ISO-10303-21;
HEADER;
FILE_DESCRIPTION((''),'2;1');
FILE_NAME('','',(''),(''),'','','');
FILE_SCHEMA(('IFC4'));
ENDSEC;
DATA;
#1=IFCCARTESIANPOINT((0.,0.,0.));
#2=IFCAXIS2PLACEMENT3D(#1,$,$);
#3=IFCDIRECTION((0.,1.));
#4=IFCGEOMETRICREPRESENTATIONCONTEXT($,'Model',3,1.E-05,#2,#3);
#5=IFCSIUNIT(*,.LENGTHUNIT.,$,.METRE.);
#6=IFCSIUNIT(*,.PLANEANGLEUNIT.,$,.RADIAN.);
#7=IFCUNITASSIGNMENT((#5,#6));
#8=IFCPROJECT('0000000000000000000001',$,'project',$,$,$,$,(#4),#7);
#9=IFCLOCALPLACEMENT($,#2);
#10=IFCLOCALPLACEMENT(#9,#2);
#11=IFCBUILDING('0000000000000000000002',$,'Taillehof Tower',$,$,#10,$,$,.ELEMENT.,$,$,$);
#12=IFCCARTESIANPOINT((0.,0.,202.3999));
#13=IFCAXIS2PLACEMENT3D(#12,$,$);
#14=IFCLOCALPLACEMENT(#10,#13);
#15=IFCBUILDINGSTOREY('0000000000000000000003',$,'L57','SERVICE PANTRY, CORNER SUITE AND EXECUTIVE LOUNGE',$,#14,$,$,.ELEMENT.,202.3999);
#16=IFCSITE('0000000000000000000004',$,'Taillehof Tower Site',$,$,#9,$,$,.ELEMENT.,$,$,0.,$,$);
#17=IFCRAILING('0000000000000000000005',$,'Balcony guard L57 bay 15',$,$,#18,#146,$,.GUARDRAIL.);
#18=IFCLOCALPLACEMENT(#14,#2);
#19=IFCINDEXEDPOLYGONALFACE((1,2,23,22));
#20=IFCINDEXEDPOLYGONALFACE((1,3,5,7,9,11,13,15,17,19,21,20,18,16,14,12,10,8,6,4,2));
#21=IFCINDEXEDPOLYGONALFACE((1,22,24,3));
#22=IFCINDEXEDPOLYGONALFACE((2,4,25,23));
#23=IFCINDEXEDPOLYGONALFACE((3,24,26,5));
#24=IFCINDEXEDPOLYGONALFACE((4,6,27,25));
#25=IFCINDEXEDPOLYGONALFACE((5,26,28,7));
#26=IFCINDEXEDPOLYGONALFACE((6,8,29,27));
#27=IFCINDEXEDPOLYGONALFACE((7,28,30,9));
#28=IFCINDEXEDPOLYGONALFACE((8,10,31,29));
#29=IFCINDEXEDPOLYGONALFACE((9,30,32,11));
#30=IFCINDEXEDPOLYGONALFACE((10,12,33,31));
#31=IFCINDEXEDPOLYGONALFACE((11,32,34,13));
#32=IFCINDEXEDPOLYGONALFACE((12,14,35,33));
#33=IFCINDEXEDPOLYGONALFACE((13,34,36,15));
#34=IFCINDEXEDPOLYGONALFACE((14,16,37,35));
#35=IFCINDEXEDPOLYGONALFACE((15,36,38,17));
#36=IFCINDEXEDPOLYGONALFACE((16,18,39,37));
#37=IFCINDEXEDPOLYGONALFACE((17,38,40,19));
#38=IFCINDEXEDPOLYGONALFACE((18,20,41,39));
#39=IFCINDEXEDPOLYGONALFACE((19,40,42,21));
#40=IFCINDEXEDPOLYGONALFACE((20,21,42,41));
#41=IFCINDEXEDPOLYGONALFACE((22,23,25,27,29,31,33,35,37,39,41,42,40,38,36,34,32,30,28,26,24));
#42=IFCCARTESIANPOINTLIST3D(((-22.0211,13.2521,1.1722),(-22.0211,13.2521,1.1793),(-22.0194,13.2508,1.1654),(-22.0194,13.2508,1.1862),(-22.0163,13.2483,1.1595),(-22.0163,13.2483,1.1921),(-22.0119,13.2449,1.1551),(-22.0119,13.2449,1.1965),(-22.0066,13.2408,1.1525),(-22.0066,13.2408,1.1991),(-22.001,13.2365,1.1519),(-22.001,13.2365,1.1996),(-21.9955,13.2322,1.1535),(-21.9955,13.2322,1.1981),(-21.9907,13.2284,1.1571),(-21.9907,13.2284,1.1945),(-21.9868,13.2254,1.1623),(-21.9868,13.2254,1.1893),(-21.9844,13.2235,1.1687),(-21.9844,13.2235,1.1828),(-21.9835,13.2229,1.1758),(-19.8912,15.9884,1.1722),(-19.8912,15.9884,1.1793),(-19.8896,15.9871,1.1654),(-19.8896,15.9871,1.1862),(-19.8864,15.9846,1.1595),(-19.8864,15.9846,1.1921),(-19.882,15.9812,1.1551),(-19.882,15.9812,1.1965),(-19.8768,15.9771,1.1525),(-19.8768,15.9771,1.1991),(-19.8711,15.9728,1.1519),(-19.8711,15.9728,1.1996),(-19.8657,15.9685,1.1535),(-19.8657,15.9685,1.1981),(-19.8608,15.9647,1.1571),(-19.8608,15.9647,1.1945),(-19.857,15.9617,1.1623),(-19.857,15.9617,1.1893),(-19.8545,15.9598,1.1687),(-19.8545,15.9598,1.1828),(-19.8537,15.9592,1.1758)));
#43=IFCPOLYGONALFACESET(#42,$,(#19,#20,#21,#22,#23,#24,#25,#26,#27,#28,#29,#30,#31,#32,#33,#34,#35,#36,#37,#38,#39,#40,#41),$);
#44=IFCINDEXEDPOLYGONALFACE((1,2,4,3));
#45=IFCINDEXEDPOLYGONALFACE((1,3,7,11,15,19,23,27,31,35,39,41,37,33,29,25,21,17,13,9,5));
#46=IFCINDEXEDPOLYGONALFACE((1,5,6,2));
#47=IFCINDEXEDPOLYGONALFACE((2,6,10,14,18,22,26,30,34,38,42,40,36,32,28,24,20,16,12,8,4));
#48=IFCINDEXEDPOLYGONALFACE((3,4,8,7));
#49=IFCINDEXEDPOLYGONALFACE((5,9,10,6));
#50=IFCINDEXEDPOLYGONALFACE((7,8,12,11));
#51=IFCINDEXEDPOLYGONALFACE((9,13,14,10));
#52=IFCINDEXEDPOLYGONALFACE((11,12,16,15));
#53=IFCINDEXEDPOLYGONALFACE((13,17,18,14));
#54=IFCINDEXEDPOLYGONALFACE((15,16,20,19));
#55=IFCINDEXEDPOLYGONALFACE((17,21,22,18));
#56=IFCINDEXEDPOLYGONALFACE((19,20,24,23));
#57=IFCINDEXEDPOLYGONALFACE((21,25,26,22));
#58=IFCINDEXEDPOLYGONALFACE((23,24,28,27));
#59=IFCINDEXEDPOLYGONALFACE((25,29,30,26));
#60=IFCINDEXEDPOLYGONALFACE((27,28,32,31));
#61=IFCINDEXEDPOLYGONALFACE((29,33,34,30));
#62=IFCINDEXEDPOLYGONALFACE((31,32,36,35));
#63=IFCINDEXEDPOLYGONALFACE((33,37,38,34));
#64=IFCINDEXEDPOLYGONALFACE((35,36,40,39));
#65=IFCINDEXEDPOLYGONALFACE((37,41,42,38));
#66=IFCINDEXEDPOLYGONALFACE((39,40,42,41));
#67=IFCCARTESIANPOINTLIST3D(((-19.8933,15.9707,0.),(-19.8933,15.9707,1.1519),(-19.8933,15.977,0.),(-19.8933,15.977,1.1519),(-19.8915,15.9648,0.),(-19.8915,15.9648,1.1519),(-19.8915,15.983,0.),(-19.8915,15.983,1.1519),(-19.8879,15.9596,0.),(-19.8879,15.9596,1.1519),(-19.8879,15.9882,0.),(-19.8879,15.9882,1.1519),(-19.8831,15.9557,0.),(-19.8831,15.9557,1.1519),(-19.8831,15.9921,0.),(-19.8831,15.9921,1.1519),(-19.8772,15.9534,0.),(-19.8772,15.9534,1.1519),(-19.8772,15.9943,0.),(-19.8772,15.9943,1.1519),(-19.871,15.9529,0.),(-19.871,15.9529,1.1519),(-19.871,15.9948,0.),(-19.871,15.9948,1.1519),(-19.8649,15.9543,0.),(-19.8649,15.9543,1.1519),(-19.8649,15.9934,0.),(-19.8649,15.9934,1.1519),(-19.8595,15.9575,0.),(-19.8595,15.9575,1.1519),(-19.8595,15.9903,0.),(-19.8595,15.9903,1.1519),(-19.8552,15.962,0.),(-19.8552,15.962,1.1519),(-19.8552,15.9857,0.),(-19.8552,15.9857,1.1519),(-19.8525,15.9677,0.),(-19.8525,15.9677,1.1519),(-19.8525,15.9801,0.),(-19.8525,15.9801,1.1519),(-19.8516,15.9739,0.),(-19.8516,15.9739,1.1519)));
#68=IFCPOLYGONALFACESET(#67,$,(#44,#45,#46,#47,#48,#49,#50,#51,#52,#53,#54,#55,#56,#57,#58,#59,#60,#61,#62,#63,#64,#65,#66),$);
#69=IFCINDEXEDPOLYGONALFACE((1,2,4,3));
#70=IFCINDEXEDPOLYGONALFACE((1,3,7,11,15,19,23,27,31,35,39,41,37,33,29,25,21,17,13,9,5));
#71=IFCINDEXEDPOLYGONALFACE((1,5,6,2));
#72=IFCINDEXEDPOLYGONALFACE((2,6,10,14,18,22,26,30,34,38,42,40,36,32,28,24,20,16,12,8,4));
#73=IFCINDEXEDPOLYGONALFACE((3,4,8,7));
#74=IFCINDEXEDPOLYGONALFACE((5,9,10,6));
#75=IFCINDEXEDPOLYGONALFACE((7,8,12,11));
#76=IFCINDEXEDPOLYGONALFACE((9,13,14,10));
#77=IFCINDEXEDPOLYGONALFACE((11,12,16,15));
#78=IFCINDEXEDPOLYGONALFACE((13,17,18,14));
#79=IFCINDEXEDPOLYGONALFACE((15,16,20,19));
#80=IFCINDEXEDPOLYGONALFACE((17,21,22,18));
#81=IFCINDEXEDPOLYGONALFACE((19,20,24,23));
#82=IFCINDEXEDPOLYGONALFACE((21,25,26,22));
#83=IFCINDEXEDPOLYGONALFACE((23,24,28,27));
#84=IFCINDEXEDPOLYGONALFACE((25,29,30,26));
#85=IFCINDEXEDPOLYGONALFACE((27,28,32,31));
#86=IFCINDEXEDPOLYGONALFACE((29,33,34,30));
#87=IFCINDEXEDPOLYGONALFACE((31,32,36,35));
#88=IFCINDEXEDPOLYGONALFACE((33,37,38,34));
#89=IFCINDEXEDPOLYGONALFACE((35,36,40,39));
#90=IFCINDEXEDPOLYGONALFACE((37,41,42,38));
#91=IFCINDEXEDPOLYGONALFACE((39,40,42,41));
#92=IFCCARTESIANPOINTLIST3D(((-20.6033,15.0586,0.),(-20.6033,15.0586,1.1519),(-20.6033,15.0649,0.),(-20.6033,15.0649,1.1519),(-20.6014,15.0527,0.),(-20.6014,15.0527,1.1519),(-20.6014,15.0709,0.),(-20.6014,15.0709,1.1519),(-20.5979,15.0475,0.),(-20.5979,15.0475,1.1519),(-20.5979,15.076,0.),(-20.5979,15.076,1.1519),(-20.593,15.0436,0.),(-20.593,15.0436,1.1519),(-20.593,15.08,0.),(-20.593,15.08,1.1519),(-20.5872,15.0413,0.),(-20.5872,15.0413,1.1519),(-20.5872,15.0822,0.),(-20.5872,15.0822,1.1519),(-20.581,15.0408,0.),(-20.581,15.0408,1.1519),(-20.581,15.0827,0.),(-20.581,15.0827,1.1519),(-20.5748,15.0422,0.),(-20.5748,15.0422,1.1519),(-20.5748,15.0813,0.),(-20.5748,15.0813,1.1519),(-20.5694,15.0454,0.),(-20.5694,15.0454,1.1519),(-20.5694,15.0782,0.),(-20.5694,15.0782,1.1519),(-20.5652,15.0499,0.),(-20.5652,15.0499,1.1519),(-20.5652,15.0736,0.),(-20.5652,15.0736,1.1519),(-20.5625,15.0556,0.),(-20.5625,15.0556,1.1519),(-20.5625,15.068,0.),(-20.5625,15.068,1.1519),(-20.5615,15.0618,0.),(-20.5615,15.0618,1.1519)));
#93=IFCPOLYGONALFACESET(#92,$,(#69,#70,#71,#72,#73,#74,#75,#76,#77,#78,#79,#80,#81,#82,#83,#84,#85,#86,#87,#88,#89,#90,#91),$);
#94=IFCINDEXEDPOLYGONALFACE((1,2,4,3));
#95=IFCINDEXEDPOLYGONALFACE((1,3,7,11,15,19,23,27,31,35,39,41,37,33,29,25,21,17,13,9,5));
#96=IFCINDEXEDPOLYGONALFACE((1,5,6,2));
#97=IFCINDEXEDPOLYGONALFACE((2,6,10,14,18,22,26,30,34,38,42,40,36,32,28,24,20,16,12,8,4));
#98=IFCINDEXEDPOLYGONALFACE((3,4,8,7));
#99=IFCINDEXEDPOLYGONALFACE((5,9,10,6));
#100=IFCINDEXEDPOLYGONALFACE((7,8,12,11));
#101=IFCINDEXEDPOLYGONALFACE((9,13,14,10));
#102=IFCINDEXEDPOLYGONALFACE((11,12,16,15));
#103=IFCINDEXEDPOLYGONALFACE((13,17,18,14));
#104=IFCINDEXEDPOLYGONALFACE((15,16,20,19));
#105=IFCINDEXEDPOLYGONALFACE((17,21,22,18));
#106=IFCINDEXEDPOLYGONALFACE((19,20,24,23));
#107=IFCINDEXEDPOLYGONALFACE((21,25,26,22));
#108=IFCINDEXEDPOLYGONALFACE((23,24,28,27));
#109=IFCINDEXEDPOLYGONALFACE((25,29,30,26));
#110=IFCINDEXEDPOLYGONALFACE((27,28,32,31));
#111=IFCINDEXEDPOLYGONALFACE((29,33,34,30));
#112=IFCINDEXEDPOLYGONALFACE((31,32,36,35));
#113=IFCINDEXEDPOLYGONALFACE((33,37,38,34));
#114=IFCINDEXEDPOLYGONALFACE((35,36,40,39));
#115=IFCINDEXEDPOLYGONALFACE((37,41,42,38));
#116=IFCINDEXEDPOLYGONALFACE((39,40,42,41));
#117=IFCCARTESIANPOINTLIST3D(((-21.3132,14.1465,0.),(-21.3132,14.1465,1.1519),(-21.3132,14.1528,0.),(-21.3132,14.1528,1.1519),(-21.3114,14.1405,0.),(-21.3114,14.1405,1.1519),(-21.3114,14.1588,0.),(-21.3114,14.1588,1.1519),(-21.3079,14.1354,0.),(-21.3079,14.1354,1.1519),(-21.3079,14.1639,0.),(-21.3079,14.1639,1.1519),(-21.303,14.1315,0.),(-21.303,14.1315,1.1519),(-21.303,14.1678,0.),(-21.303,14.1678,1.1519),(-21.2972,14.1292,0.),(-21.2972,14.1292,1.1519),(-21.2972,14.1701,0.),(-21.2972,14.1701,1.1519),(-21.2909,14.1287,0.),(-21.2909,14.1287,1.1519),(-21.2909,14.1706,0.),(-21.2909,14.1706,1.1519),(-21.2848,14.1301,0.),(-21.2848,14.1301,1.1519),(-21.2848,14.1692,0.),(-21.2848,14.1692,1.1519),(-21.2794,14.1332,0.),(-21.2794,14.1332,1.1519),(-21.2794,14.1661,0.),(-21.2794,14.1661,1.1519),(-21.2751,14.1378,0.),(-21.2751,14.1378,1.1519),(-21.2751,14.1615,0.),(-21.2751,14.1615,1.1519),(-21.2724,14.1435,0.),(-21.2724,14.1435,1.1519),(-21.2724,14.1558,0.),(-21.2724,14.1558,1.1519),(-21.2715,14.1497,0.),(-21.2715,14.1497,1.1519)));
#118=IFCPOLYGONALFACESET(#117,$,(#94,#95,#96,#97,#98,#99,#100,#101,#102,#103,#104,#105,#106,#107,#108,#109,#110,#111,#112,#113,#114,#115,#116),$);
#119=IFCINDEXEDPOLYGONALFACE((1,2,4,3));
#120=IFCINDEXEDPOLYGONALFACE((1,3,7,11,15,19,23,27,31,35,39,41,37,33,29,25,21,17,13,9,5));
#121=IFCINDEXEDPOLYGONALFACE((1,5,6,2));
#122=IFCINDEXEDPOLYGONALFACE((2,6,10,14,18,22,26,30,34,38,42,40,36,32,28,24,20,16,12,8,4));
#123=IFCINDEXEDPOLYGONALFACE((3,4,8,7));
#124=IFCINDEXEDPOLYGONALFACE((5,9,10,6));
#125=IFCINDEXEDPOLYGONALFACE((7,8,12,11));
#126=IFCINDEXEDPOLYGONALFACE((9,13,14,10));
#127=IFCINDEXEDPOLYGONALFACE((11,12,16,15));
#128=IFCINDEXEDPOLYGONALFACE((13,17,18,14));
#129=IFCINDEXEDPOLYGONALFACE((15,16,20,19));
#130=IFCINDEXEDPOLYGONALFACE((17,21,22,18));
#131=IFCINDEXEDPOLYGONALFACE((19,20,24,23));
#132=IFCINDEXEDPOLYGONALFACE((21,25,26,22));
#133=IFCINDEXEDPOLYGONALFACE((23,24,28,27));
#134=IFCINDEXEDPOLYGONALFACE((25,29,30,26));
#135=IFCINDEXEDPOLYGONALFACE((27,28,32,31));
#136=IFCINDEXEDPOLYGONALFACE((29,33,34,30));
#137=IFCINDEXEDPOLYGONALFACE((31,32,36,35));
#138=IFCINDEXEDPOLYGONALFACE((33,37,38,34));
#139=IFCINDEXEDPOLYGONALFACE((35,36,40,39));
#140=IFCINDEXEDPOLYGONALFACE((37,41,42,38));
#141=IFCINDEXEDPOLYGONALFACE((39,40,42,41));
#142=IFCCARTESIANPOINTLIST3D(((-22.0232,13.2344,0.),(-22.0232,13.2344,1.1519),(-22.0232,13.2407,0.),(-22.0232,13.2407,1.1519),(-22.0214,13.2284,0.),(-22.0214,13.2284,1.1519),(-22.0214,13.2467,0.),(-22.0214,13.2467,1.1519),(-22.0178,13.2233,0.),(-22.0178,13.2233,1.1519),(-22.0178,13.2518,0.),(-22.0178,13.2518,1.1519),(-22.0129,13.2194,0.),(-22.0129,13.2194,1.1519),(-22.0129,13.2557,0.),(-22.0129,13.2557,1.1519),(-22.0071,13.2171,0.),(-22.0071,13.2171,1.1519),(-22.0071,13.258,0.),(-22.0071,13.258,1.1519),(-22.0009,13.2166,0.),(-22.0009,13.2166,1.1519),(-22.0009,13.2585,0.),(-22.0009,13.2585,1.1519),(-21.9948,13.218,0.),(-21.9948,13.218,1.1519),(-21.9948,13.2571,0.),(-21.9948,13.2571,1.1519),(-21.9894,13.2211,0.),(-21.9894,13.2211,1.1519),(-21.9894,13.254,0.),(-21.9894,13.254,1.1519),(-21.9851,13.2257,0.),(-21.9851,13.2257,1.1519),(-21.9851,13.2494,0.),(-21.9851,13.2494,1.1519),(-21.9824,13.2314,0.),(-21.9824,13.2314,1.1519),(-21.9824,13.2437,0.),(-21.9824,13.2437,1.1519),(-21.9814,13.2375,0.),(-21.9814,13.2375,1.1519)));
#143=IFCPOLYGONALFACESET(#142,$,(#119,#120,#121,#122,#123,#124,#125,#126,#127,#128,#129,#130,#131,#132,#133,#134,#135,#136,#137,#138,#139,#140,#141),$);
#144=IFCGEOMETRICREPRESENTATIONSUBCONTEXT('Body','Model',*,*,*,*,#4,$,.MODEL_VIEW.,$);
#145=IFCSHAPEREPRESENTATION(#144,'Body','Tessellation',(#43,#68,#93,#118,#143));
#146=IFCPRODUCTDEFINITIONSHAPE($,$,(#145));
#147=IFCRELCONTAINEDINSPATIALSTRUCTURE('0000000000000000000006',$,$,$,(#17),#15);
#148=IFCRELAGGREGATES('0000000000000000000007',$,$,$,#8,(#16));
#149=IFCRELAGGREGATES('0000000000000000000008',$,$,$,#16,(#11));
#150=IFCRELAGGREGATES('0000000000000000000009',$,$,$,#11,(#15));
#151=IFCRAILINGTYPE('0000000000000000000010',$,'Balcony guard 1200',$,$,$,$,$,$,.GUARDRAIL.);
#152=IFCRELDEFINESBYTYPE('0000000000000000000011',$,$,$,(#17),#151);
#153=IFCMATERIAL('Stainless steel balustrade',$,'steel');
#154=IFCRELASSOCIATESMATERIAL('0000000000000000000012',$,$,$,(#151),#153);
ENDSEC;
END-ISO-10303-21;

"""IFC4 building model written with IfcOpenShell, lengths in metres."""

from ifc_helpers import new_model, si_unit, direction, frame, origin, origin_2d, place, context, subcontext, project, spatial, circle, extrude, material, type_object, element, save


model = new_model("IFC4")

# Units and contexts
model_context = context("Model", 3, precision=1e-05, world=origin(), true_north=direction((0.0, 1.0)))
body_context = subcontext(model_context, "Body", "Model", "MODEL_VIEW")
ifc_project = project(units=[si_unit("LENGTHUNIT", "METRE"), si_unit("PLANEANGLEUNIT", "RADIAN")], contexts=[model_context])

# Site, building, storey
site_placement = place(None, origin())
site = spatial("IfcSite", under=ifc_project, at=site_placement, Name="Taillehof Tower Site", CompositionType="ELEMENT", RefElevation=0.0)
building_placement = place(site_placement, origin())
building = spatial("IfcBuilding", under=site, at=building_placement, Name="Taillehof Tower", CompositionType="ELEMENT")
storey_placement = place(building_placement, frame((0.0, 0.0, 202.3999)))
storey = spatial("IfcBuildingStorey", under=building, at=storey_placement, Name="L57", Description="SERVICE PANTRY, CORNER SUITE AND EXECUTIVE LOUNGE", CompositionType="ELEMENT", Elevation=202.3999)

# Railing
ifc_material_1 = material(Name="Stainless steel balustrade", Category="steel")
railing_type = type_object("IfcRailingType", Name="Balcony guard 1200", PredefinedType="GUARDRAIL", material=ifc_material_1)
railing_1_placement = place(storey_placement, frame((-19.8726, 15.9739, 0.0)))
element("IfcRailing", 1, at=railing_1_placement, inside=storey, type_object=railing_type, Name="Balcony guard L57 bay 15", PredefinedType="GUARDRAIL", context=body_context, shape_type="SweptSolid", body=[
    extrude(circle(Radius=0.0239, at=origin_2d()), frame((0.0, 0.0, 1.1758), z_axis=(-0.614233, -0.789125, 0.0), x_axis=(0.789125, -0.614233, 0.0)), (0.0, 0.0, 1.0), 3.4675),
    extrude(circle(Radius=0.021, at=origin_2d()), origin(), (0.0, 0.0, 1.0), 1.1519),
    extrude(circle(Radius=0.021, at=origin_2d()), frame((-0.71, -0.9121, 0.0)), (0.0, 0.0, 1.0), 1.1519),
    extrude(circle(Radius=0.021, at=origin_2d()), frame((-1.4199, -1.8242, 0.0)), (0.0, 0.0, 1.0), 1.1519),
    extrude(circle(Radius=0.021, at=origin_2d()), frame((-2.1299, -2.7363, 0.0)), (0.0, 0.0, 1.0), 1.1519),
])

save(model, "model.ifc")
